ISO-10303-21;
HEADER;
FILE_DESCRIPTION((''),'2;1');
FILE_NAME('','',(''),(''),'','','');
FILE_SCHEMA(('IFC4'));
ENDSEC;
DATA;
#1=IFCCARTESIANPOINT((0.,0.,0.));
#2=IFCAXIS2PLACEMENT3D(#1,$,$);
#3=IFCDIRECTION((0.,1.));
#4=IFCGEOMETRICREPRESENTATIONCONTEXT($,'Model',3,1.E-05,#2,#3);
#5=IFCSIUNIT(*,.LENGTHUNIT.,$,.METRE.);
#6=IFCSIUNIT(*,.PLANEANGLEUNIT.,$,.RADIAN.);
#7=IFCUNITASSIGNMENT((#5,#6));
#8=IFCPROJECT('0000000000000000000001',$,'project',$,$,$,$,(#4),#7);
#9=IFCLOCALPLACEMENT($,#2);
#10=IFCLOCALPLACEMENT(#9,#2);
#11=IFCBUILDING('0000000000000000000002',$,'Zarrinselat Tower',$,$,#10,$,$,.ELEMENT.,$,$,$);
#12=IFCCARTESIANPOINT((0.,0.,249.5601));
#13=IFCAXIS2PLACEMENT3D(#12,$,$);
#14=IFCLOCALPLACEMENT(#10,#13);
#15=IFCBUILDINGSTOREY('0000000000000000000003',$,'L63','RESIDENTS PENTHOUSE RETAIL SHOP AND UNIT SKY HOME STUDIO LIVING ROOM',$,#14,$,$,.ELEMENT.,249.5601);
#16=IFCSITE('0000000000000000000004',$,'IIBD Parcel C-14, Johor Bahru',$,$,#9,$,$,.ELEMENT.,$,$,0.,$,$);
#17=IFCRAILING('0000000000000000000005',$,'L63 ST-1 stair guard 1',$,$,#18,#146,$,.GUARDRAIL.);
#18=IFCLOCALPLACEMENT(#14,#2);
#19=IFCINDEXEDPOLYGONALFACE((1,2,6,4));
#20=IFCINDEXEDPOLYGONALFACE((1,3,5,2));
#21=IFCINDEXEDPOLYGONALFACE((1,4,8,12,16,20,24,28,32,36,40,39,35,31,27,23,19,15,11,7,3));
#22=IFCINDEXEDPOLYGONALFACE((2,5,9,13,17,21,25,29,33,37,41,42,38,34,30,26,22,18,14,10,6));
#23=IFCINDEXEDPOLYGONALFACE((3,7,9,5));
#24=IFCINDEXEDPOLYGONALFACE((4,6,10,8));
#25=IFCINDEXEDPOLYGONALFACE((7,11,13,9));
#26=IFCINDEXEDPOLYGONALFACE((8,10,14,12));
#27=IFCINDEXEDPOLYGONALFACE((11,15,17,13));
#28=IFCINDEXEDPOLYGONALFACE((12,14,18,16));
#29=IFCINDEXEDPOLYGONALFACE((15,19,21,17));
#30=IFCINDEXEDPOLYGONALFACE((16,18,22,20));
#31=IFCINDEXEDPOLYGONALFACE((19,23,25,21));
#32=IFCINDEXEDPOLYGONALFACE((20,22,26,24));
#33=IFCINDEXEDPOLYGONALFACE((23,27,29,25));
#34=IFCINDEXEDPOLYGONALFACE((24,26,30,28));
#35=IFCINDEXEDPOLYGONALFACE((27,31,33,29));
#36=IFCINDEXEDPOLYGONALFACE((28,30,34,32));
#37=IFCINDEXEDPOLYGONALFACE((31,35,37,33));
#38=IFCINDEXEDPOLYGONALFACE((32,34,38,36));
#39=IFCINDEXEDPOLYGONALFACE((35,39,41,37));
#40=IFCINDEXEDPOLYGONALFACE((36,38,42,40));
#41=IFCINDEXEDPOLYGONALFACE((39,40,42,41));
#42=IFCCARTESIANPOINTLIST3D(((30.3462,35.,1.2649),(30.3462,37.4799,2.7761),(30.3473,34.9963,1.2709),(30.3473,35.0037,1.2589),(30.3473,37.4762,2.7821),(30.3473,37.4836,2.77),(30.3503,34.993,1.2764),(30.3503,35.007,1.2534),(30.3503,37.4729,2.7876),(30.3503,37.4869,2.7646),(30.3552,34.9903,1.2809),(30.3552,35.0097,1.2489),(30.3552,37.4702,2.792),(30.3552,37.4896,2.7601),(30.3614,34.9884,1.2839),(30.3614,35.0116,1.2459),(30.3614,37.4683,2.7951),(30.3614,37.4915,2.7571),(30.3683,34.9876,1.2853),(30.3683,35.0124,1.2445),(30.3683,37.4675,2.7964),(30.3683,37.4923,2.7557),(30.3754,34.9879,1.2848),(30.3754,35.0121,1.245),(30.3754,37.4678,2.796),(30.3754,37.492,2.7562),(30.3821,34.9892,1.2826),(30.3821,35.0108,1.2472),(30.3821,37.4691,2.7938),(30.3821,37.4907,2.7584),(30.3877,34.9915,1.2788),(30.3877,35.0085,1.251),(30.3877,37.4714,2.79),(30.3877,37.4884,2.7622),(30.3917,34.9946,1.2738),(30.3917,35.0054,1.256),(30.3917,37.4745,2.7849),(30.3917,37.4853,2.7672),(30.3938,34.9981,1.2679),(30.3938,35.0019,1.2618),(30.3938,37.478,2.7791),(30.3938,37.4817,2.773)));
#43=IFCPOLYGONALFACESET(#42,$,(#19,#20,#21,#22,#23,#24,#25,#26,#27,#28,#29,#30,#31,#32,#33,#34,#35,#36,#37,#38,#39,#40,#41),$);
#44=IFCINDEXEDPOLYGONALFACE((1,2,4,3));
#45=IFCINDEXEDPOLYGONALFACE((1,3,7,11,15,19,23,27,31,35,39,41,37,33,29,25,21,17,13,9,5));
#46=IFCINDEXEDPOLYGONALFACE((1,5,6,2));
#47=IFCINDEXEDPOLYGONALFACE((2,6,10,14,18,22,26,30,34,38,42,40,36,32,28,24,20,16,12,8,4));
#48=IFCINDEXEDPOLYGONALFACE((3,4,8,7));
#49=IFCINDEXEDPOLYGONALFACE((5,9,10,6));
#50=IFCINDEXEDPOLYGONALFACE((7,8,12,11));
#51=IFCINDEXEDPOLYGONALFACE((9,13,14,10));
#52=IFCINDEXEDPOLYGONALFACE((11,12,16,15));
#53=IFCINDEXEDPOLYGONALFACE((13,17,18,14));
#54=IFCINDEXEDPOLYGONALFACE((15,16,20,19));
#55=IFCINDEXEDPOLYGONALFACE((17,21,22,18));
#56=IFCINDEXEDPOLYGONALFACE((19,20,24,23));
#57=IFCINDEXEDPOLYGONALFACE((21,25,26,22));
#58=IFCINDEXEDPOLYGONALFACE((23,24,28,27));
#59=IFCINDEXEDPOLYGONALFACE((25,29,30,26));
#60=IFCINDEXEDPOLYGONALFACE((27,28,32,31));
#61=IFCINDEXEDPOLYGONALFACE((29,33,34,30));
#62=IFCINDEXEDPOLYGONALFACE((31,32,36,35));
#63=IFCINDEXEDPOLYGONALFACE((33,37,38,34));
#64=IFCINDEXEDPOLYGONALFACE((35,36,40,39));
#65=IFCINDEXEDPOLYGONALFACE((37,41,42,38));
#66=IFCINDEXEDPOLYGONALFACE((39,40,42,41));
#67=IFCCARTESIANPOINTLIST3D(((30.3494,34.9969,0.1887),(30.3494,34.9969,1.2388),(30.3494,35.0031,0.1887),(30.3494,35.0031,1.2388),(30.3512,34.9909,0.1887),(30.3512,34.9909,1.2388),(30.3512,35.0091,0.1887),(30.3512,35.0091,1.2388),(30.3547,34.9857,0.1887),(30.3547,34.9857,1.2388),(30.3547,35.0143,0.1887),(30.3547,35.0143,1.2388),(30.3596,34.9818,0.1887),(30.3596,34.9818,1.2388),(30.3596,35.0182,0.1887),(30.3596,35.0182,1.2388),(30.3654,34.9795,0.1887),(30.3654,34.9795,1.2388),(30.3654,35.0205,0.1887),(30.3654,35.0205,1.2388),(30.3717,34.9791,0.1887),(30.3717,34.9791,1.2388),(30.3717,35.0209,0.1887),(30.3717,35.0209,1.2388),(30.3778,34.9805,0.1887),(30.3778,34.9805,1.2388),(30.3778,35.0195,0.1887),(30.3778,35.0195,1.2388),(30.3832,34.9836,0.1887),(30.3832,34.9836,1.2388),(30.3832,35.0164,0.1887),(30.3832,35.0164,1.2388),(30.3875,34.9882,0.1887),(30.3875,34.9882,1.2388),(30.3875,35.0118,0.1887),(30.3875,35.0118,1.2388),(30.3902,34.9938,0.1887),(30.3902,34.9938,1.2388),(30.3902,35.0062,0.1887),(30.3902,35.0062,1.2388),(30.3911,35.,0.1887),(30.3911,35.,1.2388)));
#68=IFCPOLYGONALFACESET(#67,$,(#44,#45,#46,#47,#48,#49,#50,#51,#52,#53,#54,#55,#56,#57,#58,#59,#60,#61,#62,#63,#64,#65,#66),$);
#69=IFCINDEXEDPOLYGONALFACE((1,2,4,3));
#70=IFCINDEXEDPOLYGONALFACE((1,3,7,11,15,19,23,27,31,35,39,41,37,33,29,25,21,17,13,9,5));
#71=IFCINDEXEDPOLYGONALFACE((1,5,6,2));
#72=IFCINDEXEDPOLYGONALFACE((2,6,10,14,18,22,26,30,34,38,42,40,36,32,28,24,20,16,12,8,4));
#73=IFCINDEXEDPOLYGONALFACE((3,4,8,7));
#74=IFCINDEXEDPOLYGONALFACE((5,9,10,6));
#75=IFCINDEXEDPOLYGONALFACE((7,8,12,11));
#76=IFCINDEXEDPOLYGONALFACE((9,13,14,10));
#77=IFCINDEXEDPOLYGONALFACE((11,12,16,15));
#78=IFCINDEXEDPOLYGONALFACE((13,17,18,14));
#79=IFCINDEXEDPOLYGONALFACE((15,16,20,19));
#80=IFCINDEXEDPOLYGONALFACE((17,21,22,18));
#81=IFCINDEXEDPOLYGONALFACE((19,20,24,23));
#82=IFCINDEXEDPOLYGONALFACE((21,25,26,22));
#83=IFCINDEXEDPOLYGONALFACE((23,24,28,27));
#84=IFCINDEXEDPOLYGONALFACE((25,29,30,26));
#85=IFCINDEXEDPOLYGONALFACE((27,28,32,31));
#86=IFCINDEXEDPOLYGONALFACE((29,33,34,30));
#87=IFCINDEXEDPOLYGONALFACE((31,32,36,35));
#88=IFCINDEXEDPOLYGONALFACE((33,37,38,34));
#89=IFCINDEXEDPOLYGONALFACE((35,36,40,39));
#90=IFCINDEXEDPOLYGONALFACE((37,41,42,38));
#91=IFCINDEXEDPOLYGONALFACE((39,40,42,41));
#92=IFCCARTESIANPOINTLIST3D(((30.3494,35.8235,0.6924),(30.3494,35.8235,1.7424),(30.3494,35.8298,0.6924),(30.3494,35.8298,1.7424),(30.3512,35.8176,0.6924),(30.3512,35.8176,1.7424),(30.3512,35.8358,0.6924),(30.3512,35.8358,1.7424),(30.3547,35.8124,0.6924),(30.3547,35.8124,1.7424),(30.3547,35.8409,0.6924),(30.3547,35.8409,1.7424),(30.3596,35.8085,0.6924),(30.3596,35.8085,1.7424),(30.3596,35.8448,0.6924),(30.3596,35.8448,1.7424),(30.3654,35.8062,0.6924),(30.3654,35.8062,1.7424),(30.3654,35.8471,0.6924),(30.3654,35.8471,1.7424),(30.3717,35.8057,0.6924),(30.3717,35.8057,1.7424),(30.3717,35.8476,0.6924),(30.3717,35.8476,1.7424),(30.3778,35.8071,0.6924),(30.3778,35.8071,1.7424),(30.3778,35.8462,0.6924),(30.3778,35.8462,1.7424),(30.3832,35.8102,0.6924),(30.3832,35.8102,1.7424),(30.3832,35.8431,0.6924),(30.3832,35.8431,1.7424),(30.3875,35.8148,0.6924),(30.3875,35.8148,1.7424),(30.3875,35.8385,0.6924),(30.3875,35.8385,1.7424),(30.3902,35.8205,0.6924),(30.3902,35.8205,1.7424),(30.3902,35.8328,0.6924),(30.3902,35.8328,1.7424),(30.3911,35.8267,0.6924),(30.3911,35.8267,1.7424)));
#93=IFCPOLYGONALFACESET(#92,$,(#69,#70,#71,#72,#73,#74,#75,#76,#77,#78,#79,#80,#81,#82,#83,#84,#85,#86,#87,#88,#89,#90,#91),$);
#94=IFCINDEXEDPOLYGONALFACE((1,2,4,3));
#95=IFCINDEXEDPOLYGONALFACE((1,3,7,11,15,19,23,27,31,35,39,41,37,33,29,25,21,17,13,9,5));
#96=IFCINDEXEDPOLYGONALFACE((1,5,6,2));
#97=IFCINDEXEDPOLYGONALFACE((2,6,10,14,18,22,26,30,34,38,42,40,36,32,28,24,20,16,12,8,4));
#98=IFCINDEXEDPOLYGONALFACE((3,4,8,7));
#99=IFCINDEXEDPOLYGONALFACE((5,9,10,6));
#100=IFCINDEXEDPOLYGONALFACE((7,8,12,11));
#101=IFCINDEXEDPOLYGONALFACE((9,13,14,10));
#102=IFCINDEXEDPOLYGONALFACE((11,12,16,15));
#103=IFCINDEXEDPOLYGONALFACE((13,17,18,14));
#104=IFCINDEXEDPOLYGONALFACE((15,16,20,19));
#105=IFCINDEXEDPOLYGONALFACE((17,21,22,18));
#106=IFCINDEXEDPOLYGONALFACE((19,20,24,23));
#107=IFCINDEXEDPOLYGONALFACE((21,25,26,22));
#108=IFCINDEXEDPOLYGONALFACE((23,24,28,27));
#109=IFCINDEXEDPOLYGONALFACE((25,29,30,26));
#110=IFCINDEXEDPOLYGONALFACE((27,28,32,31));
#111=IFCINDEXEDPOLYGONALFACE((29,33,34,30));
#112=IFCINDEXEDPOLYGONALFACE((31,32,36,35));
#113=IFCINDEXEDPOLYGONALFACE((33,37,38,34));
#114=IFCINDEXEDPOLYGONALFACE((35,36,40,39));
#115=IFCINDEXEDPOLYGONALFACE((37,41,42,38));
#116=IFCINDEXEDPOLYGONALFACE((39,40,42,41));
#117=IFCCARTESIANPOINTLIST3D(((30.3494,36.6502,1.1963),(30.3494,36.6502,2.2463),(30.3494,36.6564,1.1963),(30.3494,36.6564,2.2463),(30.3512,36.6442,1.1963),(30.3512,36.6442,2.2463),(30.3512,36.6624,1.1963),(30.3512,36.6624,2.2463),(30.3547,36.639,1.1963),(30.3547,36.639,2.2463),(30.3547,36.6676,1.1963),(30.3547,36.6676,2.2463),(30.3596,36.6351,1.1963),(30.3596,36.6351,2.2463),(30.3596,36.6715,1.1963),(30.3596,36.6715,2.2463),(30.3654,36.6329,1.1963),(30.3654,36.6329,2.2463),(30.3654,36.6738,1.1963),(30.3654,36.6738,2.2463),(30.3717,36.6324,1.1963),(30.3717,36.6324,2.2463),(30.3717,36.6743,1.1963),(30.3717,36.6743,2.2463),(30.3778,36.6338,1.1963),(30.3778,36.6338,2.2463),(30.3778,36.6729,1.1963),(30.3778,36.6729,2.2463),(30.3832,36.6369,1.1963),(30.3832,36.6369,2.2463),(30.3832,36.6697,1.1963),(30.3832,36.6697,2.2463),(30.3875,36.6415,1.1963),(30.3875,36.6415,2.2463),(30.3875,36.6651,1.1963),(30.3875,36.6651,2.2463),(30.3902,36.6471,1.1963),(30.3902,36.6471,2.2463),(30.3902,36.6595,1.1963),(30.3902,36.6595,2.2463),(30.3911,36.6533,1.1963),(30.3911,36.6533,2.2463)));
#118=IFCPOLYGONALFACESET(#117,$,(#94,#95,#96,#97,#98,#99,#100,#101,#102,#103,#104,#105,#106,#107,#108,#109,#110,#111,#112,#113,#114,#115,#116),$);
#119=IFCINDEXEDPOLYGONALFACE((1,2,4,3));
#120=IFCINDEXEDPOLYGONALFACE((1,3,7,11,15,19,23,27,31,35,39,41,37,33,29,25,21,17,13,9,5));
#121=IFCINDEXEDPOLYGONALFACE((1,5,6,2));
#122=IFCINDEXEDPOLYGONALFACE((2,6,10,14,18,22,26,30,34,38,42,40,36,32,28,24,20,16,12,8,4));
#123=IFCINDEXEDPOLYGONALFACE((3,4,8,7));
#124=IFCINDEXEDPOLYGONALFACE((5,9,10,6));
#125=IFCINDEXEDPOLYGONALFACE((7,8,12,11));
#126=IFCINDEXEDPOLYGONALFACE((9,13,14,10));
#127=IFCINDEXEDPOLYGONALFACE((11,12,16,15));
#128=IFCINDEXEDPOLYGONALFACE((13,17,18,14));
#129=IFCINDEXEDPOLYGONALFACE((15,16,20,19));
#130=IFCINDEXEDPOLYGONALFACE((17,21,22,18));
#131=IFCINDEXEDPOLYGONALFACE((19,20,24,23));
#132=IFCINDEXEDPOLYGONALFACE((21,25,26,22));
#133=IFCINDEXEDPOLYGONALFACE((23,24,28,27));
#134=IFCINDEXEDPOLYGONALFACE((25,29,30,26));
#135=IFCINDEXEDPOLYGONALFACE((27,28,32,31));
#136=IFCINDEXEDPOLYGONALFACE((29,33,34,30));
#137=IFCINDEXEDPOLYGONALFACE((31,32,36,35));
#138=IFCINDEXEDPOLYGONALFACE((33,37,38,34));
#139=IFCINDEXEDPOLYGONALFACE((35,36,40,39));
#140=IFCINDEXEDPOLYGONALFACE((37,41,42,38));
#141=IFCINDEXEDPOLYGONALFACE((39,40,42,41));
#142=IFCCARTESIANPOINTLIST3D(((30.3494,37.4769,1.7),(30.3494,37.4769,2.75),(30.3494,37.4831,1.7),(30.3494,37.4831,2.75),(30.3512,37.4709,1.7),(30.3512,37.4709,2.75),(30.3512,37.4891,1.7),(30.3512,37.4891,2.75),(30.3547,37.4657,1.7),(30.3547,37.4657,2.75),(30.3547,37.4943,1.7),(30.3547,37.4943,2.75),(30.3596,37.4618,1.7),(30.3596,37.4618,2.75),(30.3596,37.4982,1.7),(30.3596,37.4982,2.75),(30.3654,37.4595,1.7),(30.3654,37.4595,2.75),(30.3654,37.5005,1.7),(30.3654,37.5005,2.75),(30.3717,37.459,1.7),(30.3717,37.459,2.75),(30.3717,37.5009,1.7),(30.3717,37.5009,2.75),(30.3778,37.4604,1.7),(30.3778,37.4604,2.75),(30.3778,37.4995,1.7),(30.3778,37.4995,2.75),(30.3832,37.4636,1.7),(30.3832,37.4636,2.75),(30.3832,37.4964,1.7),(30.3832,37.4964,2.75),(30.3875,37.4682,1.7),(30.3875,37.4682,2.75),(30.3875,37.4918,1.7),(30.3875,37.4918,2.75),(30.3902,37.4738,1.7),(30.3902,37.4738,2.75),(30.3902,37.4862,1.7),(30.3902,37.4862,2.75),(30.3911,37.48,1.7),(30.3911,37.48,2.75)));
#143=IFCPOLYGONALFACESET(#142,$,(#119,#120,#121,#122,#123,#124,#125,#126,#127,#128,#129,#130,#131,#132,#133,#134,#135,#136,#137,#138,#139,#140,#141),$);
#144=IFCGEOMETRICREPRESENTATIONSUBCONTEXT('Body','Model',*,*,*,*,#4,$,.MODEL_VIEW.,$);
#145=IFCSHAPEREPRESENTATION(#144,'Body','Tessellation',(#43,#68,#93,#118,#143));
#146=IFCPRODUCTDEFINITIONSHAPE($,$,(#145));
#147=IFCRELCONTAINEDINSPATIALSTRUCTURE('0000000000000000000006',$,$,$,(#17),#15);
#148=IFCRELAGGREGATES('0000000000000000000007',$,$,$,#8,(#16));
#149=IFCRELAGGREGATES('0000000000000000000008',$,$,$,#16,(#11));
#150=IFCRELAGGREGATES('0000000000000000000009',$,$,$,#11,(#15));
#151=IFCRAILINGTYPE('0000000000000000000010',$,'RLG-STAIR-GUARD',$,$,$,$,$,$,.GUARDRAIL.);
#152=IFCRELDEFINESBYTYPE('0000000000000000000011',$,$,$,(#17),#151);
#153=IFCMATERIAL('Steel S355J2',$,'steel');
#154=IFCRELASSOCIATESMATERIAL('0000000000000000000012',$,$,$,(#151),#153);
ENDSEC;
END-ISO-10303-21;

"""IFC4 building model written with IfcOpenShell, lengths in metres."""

from ifc_helpers import new_model, si_unit, direction, frame, origin, origin_2d, place, context, subcontext, project, spatial, circle, extrude, material, type_object, element, save


model = new_model("IFC4")

# Units and contexts
model_context = context("Model", 3, precision=1e-05, world=origin(), true_north=direction((0.0, 1.0)))
body_context = subcontext(model_context, "Body", "Model", "MODEL_VIEW")
ifc_project = project(units=[si_unit("LENGTHUNIT", "METRE"), si_unit("PLANEANGLEUNIT", "RADIAN")], contexts=[model_context])

# Site, building, storey
site_placement = place(None, origin())
site = spatial("IfcSite", under=ifc_project, at=site_placement, Name="IIBD Parcel C-14, Johor Bahru", CompositionType="ELEMENT", RefElevation=0.0)
building_placement = place(site_placement, origin())
building = spatial("IfcBuilding", under=site, at=building_placement, Name="Zarrinselat Tower", CompositionType="ELEMENT")
storey_placement = place(building_placement, frame((0.0, 0.0, 249.5601)))
storey = spatial("IfcBuildingStorey", under=building, at=storey_placement, Name="L63", Description="RESIDENTS PENTHOUSE RETAIL SHOP AND UNIT SKY HOME STUDIO LIVING ROOM", CompositionType="ELEMENT", Elevation=249.5601)

# Railing
ifc_material_1 = material(Name="Steel S355J2", Category="steel")
railing_type_1 = type_object("IfcRailingType", Name="RLG-STAIR-GUARD", PredefinedType="GUARDRAIL", material=ifc_material_1)
railing_1_placement = place(storey_placement, frame((30.3701, 35.0, 0.1887)))
element("IfcRailing", 1, at=railing_1_placement, inside=storey, type_object=railing_type_1, Name="L63 ST-1 stair guard 1", PredefinedType="GUARDRAIL", context=body_context, shape_type="SweptSolid", body=[
    extrude(circle(Radius=0.0239, at=origin_2d()), frame((0.0, 0.0, 1.0762), z_axis=(0.0, 0.853942, 0.520368), x_axis=(-1.0, 0.0, 0.0)), (0.0, 0.0, 1.0), 2.9041),
    extrude(circle(Radius=0.021, at=origin_2d()), origin(), (0.0, 0.0, 1.0), 1.05),
    extrude(circle(Radius=0.021, at=origin_2d()), frame((0.0, 0.8267, 0.5037)), (0.0, 0.0, 1.0), 1.05),
    extrude(circle(Radius=0.021, at=origin_2d()), frame((0.0, 1.6533, 1.0076)), (0.0, 0.0, 1.0), 1.05),
    extrude(circle(Radius=0.021, at=origin_2d()), frame((0.0, 2.48, 1.5112)), (0.0, 0.0, 1.0), 1.05),
])

save(model, "model.ifc")
